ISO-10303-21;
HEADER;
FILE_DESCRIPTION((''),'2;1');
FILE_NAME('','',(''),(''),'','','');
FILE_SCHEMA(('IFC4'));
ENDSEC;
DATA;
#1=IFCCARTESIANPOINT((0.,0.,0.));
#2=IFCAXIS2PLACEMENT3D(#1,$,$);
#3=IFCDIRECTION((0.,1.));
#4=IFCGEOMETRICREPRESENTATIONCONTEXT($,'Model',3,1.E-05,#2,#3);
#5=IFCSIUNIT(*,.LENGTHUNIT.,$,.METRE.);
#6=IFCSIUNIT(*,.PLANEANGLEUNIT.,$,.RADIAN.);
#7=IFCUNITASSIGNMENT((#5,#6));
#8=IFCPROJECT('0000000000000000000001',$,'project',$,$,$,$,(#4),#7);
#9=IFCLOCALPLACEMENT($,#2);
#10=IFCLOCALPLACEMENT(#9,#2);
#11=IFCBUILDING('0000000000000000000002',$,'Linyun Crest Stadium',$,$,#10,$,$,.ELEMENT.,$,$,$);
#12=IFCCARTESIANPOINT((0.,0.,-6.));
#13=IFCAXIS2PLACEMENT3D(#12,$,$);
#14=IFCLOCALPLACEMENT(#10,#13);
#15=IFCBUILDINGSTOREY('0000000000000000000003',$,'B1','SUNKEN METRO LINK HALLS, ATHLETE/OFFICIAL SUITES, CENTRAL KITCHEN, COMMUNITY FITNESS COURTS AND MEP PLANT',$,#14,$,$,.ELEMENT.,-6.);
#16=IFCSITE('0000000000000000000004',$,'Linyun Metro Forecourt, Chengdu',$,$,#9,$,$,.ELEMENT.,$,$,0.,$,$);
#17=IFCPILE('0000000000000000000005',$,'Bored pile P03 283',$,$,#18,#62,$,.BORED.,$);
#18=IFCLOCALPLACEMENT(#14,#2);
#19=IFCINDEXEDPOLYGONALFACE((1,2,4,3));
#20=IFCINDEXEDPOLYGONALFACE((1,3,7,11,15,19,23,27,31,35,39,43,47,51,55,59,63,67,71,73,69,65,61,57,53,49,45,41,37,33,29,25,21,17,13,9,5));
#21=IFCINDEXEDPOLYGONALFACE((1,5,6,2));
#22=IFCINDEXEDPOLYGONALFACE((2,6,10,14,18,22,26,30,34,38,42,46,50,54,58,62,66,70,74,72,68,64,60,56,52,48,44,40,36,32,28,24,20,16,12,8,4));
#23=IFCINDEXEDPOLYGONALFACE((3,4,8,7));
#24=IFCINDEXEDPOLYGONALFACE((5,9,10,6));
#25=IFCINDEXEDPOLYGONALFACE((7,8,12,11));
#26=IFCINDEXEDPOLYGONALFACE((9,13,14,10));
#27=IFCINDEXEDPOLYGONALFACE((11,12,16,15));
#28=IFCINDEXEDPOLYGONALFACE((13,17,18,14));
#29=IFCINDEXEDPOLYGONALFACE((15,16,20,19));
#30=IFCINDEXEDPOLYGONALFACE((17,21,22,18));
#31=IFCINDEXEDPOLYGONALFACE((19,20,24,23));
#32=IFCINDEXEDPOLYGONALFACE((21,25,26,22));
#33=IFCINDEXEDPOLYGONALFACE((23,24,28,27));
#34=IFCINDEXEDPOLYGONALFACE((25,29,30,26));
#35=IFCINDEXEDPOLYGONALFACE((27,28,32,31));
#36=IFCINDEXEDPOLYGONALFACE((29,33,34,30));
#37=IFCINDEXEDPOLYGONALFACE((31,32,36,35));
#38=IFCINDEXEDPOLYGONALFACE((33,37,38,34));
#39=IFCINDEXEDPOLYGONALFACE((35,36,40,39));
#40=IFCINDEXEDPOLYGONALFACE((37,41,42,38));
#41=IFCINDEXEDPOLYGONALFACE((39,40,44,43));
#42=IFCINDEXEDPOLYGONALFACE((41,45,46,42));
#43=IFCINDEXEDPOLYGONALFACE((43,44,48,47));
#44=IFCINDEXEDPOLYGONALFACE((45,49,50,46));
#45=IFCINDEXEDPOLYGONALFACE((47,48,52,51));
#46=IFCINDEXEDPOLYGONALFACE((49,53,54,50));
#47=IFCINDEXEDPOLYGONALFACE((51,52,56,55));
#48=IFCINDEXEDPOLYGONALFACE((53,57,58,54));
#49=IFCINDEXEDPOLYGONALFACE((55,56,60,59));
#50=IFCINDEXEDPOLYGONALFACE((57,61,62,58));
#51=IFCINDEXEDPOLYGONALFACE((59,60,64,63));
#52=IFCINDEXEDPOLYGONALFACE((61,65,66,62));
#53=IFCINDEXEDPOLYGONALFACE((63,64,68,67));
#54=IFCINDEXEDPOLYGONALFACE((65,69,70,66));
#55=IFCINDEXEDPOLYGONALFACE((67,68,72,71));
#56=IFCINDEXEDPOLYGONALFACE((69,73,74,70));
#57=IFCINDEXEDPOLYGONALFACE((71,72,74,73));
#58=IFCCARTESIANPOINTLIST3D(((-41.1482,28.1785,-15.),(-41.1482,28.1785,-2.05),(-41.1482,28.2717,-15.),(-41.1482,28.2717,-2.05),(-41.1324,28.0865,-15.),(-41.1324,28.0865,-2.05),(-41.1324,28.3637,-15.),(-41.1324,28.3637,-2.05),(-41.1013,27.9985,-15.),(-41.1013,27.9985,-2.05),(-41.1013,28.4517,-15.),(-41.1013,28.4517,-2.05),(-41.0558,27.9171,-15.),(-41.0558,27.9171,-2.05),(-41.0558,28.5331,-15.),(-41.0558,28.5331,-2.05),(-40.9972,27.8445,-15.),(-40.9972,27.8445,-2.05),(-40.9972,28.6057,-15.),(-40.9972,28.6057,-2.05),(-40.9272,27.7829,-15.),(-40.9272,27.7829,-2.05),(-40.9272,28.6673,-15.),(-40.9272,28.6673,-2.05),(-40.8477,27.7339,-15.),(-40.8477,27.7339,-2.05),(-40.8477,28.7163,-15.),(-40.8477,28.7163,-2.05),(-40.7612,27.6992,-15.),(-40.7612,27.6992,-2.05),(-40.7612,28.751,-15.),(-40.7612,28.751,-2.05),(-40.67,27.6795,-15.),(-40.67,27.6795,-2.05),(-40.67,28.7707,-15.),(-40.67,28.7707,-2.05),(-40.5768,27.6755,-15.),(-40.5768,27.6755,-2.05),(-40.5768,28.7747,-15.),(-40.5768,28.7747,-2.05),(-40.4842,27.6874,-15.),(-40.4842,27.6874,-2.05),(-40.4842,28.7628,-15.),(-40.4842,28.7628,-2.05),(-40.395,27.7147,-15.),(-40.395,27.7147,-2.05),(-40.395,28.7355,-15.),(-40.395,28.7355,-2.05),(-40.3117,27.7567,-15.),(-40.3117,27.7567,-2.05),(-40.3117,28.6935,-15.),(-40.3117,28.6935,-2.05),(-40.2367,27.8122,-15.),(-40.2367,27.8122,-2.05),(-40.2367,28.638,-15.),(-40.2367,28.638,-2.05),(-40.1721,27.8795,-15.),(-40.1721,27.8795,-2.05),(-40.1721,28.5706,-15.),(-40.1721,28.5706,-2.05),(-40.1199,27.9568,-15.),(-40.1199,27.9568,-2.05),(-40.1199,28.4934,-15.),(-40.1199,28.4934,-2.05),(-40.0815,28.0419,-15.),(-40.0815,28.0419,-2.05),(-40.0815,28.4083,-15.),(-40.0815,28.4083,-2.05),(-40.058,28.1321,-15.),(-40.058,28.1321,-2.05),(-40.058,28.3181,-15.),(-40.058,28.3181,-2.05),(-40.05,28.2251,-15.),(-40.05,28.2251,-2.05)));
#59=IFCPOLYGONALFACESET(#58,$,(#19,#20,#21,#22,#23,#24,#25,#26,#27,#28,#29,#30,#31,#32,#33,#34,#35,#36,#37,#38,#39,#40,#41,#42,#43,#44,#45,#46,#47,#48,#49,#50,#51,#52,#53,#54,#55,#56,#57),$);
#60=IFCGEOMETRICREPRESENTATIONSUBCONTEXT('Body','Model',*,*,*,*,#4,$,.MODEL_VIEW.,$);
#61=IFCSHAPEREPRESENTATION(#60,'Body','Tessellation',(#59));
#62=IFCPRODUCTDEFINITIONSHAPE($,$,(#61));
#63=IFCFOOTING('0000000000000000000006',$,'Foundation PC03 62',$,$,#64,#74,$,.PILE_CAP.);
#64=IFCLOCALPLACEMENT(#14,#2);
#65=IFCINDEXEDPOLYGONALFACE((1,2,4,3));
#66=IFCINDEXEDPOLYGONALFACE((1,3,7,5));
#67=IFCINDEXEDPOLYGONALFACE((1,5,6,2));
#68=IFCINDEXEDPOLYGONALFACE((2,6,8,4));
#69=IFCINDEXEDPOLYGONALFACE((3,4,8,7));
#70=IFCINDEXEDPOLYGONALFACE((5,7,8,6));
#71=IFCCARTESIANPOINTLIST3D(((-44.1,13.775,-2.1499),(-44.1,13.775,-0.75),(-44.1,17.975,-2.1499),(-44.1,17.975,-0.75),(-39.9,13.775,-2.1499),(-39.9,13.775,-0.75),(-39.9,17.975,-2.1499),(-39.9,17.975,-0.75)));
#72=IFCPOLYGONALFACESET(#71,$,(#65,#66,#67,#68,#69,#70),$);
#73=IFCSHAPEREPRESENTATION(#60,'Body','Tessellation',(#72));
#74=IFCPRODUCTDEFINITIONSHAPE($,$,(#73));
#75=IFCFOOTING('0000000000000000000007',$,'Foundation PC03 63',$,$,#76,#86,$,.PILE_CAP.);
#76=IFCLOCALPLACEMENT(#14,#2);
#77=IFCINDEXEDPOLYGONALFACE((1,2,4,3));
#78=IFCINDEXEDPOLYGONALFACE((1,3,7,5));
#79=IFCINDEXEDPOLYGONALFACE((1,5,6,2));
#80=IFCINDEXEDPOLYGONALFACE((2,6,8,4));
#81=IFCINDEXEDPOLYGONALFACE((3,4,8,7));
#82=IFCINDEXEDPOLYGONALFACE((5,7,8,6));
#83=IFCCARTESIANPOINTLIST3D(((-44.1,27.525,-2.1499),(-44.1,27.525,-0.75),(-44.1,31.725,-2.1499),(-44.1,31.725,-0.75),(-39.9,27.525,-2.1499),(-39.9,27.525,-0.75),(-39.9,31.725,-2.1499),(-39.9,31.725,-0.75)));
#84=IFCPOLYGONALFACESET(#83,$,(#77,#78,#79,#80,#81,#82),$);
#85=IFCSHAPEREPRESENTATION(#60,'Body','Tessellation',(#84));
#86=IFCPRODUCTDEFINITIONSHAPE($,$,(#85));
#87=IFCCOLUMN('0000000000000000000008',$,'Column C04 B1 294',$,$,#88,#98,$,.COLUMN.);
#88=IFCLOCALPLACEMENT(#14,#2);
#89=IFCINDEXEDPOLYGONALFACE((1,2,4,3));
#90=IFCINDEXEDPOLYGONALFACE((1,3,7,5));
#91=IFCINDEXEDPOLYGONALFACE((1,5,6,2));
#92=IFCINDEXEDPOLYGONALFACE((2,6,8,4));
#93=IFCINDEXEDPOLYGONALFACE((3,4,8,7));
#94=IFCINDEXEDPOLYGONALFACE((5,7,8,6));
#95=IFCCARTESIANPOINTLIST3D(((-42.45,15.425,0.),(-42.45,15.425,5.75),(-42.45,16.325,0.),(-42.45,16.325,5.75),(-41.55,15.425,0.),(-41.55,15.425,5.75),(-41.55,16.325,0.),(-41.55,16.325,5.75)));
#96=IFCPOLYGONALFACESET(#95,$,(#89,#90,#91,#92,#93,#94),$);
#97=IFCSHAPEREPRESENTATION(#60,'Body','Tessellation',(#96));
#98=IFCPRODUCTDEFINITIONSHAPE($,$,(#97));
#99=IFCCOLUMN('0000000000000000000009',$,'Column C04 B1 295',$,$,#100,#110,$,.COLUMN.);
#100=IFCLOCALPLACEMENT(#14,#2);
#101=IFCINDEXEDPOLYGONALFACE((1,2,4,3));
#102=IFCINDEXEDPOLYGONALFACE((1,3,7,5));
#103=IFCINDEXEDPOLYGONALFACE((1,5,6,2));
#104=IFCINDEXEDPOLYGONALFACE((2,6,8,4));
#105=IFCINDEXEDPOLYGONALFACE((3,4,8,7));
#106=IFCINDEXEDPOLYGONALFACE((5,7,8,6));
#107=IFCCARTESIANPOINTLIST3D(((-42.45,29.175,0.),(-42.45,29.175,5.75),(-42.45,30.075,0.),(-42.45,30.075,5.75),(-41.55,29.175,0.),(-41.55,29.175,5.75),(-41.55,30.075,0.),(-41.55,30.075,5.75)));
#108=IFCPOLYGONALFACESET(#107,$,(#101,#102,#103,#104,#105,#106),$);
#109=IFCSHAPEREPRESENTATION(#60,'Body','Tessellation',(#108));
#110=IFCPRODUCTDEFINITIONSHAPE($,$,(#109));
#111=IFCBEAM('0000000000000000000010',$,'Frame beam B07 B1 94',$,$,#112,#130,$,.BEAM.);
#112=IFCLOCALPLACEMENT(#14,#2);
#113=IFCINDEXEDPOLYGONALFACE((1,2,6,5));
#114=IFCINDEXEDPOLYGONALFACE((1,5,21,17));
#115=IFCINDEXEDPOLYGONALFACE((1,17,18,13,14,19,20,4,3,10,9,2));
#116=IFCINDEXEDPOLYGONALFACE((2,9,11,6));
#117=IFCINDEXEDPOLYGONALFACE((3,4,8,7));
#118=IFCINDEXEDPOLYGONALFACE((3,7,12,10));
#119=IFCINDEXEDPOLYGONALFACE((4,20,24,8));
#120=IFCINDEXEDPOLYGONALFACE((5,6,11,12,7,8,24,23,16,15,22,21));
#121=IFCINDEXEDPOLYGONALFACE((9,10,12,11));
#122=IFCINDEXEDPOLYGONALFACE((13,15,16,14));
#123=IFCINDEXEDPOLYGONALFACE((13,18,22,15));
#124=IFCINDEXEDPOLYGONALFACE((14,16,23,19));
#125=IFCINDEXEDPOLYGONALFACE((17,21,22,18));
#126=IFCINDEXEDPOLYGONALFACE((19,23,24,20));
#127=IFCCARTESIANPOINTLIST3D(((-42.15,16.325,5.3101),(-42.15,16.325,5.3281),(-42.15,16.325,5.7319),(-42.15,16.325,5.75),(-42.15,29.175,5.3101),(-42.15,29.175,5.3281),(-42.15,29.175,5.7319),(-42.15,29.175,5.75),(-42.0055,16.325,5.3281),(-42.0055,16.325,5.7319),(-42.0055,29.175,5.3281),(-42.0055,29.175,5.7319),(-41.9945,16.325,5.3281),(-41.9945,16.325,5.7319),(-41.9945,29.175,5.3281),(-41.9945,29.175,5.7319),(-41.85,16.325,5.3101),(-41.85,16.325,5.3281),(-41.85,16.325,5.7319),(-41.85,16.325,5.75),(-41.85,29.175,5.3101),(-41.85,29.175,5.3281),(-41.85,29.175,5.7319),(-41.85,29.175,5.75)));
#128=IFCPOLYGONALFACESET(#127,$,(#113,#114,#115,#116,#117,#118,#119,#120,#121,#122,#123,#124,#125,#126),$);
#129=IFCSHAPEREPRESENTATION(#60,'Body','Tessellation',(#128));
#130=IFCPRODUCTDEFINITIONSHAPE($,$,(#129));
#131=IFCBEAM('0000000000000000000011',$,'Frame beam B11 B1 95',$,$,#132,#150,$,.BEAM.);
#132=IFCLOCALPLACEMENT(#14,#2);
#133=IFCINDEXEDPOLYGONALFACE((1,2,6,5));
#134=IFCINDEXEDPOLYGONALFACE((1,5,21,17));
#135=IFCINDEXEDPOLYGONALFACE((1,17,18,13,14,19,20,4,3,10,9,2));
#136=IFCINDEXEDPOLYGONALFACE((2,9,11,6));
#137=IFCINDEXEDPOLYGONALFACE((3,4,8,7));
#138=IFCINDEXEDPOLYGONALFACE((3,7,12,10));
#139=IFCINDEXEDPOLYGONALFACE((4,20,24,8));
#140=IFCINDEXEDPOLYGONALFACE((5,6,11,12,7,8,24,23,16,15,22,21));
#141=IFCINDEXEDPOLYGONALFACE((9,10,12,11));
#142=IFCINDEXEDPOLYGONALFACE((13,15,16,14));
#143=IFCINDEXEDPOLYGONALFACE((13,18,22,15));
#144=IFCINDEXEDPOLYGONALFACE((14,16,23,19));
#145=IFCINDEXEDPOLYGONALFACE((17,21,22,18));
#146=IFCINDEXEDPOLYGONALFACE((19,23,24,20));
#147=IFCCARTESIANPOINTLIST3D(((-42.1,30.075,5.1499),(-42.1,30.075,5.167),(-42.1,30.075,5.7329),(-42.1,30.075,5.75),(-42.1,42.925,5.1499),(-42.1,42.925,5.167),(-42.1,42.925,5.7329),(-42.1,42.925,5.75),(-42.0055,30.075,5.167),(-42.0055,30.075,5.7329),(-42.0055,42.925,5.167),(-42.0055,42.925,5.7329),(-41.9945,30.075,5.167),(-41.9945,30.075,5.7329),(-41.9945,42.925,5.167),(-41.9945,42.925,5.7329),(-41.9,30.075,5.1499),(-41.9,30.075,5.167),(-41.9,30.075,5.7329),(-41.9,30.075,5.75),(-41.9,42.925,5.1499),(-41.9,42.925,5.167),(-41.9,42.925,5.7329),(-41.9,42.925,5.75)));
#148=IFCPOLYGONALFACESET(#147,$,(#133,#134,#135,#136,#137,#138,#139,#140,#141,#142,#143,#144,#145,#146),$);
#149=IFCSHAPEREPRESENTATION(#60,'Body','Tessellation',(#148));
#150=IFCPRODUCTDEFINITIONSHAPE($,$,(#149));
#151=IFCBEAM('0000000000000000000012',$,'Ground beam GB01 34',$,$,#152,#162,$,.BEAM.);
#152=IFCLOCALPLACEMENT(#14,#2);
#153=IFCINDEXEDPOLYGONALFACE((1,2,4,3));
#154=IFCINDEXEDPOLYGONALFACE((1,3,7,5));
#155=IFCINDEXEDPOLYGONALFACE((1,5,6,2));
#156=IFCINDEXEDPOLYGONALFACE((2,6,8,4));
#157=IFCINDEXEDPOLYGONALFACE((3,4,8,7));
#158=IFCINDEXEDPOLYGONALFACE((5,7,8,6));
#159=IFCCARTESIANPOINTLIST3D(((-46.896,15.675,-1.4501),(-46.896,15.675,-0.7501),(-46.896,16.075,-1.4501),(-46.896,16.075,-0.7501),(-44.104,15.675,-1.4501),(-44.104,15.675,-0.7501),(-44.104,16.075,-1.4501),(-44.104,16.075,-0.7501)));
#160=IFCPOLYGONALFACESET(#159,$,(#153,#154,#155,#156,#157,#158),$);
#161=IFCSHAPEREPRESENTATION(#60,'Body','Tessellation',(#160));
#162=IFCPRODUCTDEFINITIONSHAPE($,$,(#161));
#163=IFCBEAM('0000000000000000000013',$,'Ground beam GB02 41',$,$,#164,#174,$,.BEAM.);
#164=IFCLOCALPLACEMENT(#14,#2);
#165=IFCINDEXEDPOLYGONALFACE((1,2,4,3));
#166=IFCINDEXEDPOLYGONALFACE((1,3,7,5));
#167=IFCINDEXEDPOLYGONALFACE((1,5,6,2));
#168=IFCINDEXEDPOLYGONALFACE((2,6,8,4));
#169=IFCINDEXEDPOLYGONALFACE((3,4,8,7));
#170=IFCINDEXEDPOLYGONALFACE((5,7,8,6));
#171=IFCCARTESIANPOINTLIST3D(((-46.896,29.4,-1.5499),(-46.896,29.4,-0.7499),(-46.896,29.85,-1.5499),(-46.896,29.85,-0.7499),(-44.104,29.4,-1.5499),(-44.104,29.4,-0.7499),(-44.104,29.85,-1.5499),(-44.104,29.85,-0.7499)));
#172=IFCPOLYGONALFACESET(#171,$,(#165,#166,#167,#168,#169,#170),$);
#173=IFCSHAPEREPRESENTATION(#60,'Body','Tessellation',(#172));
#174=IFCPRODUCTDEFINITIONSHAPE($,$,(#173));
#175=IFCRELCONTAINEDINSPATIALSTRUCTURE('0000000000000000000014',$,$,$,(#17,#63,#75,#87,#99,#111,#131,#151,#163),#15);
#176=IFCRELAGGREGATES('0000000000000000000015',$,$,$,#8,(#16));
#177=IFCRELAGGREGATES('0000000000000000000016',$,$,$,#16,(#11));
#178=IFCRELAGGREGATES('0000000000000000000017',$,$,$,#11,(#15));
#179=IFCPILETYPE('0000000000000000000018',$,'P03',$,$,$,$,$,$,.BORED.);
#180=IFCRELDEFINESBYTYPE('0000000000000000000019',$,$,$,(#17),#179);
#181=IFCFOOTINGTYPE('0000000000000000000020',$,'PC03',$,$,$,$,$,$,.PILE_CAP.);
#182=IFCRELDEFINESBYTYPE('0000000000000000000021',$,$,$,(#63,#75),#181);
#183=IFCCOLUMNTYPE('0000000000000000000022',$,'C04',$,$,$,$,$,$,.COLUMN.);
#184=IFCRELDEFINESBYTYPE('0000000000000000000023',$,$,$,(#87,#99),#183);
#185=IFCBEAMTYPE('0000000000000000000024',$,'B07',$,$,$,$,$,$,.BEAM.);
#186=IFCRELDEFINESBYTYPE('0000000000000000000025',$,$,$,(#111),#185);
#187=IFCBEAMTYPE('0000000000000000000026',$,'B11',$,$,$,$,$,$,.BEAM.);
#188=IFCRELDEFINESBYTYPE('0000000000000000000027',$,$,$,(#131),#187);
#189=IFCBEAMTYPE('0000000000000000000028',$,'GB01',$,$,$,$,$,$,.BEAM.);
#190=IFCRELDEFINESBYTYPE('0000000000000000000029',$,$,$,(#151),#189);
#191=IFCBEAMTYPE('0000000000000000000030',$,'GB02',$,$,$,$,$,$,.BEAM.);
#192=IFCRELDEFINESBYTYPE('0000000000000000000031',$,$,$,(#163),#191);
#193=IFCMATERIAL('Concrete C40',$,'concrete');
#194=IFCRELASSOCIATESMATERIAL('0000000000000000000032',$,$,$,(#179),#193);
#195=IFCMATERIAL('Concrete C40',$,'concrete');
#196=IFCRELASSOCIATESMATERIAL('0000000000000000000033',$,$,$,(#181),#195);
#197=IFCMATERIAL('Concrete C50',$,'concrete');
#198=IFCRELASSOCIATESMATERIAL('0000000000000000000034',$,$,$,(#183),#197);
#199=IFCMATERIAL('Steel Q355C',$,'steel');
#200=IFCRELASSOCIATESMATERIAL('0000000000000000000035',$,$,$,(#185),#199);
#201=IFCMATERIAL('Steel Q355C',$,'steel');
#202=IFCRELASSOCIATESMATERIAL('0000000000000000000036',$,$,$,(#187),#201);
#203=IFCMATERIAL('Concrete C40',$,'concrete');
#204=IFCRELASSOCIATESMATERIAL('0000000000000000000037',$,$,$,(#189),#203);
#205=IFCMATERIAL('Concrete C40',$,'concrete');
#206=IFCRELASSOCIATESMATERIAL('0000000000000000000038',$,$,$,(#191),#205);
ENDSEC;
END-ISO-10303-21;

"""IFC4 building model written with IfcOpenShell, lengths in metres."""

from ifc_helpers import new_model, si_unit, direction, frame, origin, origin_2d, place, context, subcontext, project, spatial, rectangle, circle, i_section, extrude, material, material_profile, profile_set, type_object, element, save


model = new_model("IFC4")

# Units and contexts
model_context = context("Model", 3, precision=1e-05, world=origin(), true_north=direction((0.0, 1.0)))
body_context = subcontext(model_context, "Body", "Model", "MODEL_VIEW")
ifc_project = project(units=[si_unit("LENGTHUNIT", "METRE"), si_unit("PLANEANGLEUNIT", "RADIAN")], contexts=[model_context])

# Site, building, storey
site_placement = place(None, origin())
site = spatial("IfcSite", under=ifc_project, at=site_placement, Name="Linyun Metro Forecourt, Chengdu", CompositionType="ELEMENT", RefElevation=0.0)
building_placement = place(site_placement, origin())
building = spatial("IfcBuilding", under=site, at=building_placement, Name="Linyun Crest Stadium", CompositionType="ELEMENT")
storey_placement = place(building_placement, frame((0.0, 0.0, -6.0)))
storey = spatial("IfcBuildingStorey", under=building, at=storey_placement, Name="B1", Description="SUNKEN METRO LINK HALLS, ATHLETE/OFFICIAL SUITES, CENTRAL KITCHEN, COMMUNITY FITNESS COURTS AND MEP PLANT", CompositionType="ELEMENT", Elevation=-6.0)

# Pile
ifc_material_1 = material(Name="Concrete C40", Category="concrete")
ifc_material_profile_1 = material_profile(ifc_material_1, circle(Radius=0.55, at=origin_2d()), Name="BORED PILE 1100")
ifc_profile_set_1 = profile_set([ifc_material_profile_1], Name="Concrete C40")
pile_type_1 = type_object("IfcPileType", Name="P03", PredefinedType="BORED", material=ifc_profile_set_1)
for number, where, z_axis, x_axis, name in (
    (1, (-40.6001, 28.2251, -2.05), (0.0, 0.0, -1.0), (1.0, 0.0, 0.0), "Bored pile P03 283"),
):
    element("IfcPile", number, at=place(storey_placement, frame(where, z_axis=z_axis, x_axis=x_axis)), inside=storey, type_object=pile_type_1, Name=name, PredefinedType="BORED", context=body_context, shape_type="SweptSolid", body=[
        extrude(circle(Radius=0.55, at=origin_2d()), origin(), (0.0, 0.0, 1.0), 12.95),
    ])

# Footings
ifc_material_2 = material(Name="Concrete C40", Category="concrete")
footing_type = type_object("IfcFootingType", Name="PC03", PredefinedType="PILE_CAP", material=ifc_material_2)
for number, where, z_axis, x_axis, name in (
    (2, (-42.0, 15.875, -2.1499), (0.0, 0.0, 1.0), (1.0, 0.0, 0.0), "Foundation PC03 62"),
    (3, (-42.0, 29.625, -2.1499), (0.0, 0.0, 1.0), (1.0, 0.0, 0.0), "Foundation PC03 63"),
):
    element("IfcFooting", number, at=place(storey_placement, frame(where, z_axis=z_axis, x_axis=x_axis)), inside=storey, type_object=footing_type, Name=name, PredefinedType="PILE_CAP", context=body_context, shape_type="SweptSolid", body=[
        extrude(rectangle(XDim=4.2, YDim=4.2, at=origin_2d()), origin(), (0.0, 0.0, 1.0), 1.3999),
    ])

# Columns
ifc_material_3 = material(Name="Concrete C50", Category="concrete")
ifc_material_profile_2 = material_profile(ifc_material_3, rectangle(XDim=0.8999, YDim=0.8999, at=origin_2d()), Name="RC 900x900")
ifc_profile_set_2 = profile_set([ifc_material_profile_2], Name="Concrete C50")
column_type = type_object("IfcColumnType", Name="C04", PredefinedType="COLUMN", material=ifc_profile_set_2)
for number, where, z_axis, x_axis, name in (
    (4, (-42.0, 15.875, 0.0), (0.0, 0.0, 1.0), (1.0, 0.0, 0.0), "Column C04 B1 294"),
    (5, (-42.0, 29.625, 0.0), (0.0, 0.0, 1.0), (1.0, 0.0, 0.0), "Column C04 B1 295"),
):
    element("IfcColumn", number, at=place(storey_placement, frame(where, z_axis=z_axis, x_axis=x_axis)), inside=storey, type_object=column_type, Name=name, PredefinedType="COLUMN", context=body_context, shape_type="SweptSolid", body=[
        extrude(rectangle(XDim=0.8999, YDim=0.8999, at=origin_2d()), origin(), (0.0, 0.0, 1.0), 5.75),
    ])

# Beams
ifc_material_4 = material(Name="Steel Q355C", Category="steel")
ifc_material_profile_3 = material_profile(ifc_material_4, i_section(OverallWidth=0.3, OverallDepth=0.4399, WebThickness=0.011, FlangeThickness=0.0181, at=origin_2d()), Name="HM 440x300")
ifc_profile_set_3 = profile_set([ifc_material_profile_3], Name="Steel Q355C")
beam_type_1 = type_object("IfcBeamType", Name="B07", PredefinedType="BEAM", material=ifc_profile_set_3)
beam_1_placement = place(storey_placement, frame((-42.0, 16.325, 5.53), z_axis=(0.0, 1.0, 0.0), x_axis=(-1.0, 0.0, 0.0)))
element("IfcBeam", 6, at=beam_1_placement, inside=storey, type_object=beam_type_1, Name="Frame beam B07 B1 94", PredefinedType="BEAM", context=body_context, shape_type="SweptSolid", body=[
    extrude(i_section(OverallWidth=0.3, OverallDepth=0.4399, WebThickness=0.011, FlangeThickness=0.0181, at=origin_2d()), origin(), (0.0, 0.0, 1.0), 12.8501),
])
ifc_material_5 = material(Name="Steel Q355C", Category="steel")
ifc_material_profile_4 = material_profile(ifc_material_5, i_section(OverallWidth=0.2, OverallDepth=0.6001, WebThickness=0.011, FlangeThickness=0.0171, at=origin_2d()), Name="HN 600x200")
ifc_profile_set_4 = profile_set([ifc_material_profile_4], Name="Steel Q355C")
beam_type_2 = type_object("IfcBeamType", Name="B11", PredefinedType="BEAM", material=ifc_profile_set_4)
beam_2_placement = place(storey_placement, frame((-42.0, 30.075, 5.45), z_axis=(0.0, 1.0, 0.0), x_axis=(-1.0, 0.0, 0.0)))
element("IfcBeam", 7, at=beam_2_placement, inside=storey, type_object=beam_type_2, Name="Frame beam B11 B1 95", PredefinedType="BEAM", context=body_context, shape_type="SweptSolid", body=[
    extrude(i_section(OverallWidth=0.2, OverallDepth=0.6001, WebThickness=0.011, FlangeThickness=0.0171, at=origin_2d()), origin(), (0.0, 0.0, 1.0), 12.8501),
])
ifc_material_6 = material(Name="Concrete C40", Category="concrete")
ifc_material_profile_5 = material_profile(ifc_material_6, rectangle(XDim=0.3999, YDim=0.7, at=origin_2d()), Name="RCB 700x400")
ifc_profile_set_5 = profile_set([ifc_material_profile_5], Name="Concrete C40")
beam_type_3 = type_object("IfcBeamType", Name="GB01", PredefinedType="BEAM", material=ifc_profile_set_5)
beam_3_placement = place(storey_placement, frame((-46.896, 15.875, -1.1001), z_axis=(1.0, 0.0, 0.0), x_axis=(0.0, 1.0, 0.0)))
element("IfcBeam", 8, at=beam_3_placement, inside=storey, type_object=beam_type_3, Name="Ground beam GB01 34", PredefinedType="BEAM", context=body_context, shape_type="SweptSolid", body=[
    extrude(rectangle(XDim=0.3999, YDim=0.7, at=origin_2d()), origin(), (0.0, 0.0, 1.0), 2.792),
])
ifc_material_7 = material(Name="Concrete C40", Category="concrete")
ifc_material_profile_6 = material_profile(ifc_material_7, rectangle(XDim=0.45, YDim=0.8, at=origin_2d()), Name="RCB 800x450")
ifc_profile_set_6 = profile_set([ifc_material_profile_6], Name="Concrete C40")
beam_type_4 = type_object("IfcBeamType", Name="GB02", PredefinedType="BEAM", material=ifc_profile_set_6)
beam_4_placement = place(storey_placement, frame((-46.896, 29.625, -1.1499), z_axis=(1.0, 0.0, 0.0), x_axis=(0.0, 1.0, 0.0)))
element("IfcBeam", 9, at=beam_4_placement, inside=storey, type_object=beam_type_4, Name="Ground beam GB02 41", PredefinedType="BEAM", context=body_context, shape_type="SweptSolid", body=[
    extrude(rectangle(XDim=0.45, YDim=0.8, at=origin_2d()), origin(), (0.0, 0.0, 1.0), 2.792),
])

save(model, "model.ifc")
